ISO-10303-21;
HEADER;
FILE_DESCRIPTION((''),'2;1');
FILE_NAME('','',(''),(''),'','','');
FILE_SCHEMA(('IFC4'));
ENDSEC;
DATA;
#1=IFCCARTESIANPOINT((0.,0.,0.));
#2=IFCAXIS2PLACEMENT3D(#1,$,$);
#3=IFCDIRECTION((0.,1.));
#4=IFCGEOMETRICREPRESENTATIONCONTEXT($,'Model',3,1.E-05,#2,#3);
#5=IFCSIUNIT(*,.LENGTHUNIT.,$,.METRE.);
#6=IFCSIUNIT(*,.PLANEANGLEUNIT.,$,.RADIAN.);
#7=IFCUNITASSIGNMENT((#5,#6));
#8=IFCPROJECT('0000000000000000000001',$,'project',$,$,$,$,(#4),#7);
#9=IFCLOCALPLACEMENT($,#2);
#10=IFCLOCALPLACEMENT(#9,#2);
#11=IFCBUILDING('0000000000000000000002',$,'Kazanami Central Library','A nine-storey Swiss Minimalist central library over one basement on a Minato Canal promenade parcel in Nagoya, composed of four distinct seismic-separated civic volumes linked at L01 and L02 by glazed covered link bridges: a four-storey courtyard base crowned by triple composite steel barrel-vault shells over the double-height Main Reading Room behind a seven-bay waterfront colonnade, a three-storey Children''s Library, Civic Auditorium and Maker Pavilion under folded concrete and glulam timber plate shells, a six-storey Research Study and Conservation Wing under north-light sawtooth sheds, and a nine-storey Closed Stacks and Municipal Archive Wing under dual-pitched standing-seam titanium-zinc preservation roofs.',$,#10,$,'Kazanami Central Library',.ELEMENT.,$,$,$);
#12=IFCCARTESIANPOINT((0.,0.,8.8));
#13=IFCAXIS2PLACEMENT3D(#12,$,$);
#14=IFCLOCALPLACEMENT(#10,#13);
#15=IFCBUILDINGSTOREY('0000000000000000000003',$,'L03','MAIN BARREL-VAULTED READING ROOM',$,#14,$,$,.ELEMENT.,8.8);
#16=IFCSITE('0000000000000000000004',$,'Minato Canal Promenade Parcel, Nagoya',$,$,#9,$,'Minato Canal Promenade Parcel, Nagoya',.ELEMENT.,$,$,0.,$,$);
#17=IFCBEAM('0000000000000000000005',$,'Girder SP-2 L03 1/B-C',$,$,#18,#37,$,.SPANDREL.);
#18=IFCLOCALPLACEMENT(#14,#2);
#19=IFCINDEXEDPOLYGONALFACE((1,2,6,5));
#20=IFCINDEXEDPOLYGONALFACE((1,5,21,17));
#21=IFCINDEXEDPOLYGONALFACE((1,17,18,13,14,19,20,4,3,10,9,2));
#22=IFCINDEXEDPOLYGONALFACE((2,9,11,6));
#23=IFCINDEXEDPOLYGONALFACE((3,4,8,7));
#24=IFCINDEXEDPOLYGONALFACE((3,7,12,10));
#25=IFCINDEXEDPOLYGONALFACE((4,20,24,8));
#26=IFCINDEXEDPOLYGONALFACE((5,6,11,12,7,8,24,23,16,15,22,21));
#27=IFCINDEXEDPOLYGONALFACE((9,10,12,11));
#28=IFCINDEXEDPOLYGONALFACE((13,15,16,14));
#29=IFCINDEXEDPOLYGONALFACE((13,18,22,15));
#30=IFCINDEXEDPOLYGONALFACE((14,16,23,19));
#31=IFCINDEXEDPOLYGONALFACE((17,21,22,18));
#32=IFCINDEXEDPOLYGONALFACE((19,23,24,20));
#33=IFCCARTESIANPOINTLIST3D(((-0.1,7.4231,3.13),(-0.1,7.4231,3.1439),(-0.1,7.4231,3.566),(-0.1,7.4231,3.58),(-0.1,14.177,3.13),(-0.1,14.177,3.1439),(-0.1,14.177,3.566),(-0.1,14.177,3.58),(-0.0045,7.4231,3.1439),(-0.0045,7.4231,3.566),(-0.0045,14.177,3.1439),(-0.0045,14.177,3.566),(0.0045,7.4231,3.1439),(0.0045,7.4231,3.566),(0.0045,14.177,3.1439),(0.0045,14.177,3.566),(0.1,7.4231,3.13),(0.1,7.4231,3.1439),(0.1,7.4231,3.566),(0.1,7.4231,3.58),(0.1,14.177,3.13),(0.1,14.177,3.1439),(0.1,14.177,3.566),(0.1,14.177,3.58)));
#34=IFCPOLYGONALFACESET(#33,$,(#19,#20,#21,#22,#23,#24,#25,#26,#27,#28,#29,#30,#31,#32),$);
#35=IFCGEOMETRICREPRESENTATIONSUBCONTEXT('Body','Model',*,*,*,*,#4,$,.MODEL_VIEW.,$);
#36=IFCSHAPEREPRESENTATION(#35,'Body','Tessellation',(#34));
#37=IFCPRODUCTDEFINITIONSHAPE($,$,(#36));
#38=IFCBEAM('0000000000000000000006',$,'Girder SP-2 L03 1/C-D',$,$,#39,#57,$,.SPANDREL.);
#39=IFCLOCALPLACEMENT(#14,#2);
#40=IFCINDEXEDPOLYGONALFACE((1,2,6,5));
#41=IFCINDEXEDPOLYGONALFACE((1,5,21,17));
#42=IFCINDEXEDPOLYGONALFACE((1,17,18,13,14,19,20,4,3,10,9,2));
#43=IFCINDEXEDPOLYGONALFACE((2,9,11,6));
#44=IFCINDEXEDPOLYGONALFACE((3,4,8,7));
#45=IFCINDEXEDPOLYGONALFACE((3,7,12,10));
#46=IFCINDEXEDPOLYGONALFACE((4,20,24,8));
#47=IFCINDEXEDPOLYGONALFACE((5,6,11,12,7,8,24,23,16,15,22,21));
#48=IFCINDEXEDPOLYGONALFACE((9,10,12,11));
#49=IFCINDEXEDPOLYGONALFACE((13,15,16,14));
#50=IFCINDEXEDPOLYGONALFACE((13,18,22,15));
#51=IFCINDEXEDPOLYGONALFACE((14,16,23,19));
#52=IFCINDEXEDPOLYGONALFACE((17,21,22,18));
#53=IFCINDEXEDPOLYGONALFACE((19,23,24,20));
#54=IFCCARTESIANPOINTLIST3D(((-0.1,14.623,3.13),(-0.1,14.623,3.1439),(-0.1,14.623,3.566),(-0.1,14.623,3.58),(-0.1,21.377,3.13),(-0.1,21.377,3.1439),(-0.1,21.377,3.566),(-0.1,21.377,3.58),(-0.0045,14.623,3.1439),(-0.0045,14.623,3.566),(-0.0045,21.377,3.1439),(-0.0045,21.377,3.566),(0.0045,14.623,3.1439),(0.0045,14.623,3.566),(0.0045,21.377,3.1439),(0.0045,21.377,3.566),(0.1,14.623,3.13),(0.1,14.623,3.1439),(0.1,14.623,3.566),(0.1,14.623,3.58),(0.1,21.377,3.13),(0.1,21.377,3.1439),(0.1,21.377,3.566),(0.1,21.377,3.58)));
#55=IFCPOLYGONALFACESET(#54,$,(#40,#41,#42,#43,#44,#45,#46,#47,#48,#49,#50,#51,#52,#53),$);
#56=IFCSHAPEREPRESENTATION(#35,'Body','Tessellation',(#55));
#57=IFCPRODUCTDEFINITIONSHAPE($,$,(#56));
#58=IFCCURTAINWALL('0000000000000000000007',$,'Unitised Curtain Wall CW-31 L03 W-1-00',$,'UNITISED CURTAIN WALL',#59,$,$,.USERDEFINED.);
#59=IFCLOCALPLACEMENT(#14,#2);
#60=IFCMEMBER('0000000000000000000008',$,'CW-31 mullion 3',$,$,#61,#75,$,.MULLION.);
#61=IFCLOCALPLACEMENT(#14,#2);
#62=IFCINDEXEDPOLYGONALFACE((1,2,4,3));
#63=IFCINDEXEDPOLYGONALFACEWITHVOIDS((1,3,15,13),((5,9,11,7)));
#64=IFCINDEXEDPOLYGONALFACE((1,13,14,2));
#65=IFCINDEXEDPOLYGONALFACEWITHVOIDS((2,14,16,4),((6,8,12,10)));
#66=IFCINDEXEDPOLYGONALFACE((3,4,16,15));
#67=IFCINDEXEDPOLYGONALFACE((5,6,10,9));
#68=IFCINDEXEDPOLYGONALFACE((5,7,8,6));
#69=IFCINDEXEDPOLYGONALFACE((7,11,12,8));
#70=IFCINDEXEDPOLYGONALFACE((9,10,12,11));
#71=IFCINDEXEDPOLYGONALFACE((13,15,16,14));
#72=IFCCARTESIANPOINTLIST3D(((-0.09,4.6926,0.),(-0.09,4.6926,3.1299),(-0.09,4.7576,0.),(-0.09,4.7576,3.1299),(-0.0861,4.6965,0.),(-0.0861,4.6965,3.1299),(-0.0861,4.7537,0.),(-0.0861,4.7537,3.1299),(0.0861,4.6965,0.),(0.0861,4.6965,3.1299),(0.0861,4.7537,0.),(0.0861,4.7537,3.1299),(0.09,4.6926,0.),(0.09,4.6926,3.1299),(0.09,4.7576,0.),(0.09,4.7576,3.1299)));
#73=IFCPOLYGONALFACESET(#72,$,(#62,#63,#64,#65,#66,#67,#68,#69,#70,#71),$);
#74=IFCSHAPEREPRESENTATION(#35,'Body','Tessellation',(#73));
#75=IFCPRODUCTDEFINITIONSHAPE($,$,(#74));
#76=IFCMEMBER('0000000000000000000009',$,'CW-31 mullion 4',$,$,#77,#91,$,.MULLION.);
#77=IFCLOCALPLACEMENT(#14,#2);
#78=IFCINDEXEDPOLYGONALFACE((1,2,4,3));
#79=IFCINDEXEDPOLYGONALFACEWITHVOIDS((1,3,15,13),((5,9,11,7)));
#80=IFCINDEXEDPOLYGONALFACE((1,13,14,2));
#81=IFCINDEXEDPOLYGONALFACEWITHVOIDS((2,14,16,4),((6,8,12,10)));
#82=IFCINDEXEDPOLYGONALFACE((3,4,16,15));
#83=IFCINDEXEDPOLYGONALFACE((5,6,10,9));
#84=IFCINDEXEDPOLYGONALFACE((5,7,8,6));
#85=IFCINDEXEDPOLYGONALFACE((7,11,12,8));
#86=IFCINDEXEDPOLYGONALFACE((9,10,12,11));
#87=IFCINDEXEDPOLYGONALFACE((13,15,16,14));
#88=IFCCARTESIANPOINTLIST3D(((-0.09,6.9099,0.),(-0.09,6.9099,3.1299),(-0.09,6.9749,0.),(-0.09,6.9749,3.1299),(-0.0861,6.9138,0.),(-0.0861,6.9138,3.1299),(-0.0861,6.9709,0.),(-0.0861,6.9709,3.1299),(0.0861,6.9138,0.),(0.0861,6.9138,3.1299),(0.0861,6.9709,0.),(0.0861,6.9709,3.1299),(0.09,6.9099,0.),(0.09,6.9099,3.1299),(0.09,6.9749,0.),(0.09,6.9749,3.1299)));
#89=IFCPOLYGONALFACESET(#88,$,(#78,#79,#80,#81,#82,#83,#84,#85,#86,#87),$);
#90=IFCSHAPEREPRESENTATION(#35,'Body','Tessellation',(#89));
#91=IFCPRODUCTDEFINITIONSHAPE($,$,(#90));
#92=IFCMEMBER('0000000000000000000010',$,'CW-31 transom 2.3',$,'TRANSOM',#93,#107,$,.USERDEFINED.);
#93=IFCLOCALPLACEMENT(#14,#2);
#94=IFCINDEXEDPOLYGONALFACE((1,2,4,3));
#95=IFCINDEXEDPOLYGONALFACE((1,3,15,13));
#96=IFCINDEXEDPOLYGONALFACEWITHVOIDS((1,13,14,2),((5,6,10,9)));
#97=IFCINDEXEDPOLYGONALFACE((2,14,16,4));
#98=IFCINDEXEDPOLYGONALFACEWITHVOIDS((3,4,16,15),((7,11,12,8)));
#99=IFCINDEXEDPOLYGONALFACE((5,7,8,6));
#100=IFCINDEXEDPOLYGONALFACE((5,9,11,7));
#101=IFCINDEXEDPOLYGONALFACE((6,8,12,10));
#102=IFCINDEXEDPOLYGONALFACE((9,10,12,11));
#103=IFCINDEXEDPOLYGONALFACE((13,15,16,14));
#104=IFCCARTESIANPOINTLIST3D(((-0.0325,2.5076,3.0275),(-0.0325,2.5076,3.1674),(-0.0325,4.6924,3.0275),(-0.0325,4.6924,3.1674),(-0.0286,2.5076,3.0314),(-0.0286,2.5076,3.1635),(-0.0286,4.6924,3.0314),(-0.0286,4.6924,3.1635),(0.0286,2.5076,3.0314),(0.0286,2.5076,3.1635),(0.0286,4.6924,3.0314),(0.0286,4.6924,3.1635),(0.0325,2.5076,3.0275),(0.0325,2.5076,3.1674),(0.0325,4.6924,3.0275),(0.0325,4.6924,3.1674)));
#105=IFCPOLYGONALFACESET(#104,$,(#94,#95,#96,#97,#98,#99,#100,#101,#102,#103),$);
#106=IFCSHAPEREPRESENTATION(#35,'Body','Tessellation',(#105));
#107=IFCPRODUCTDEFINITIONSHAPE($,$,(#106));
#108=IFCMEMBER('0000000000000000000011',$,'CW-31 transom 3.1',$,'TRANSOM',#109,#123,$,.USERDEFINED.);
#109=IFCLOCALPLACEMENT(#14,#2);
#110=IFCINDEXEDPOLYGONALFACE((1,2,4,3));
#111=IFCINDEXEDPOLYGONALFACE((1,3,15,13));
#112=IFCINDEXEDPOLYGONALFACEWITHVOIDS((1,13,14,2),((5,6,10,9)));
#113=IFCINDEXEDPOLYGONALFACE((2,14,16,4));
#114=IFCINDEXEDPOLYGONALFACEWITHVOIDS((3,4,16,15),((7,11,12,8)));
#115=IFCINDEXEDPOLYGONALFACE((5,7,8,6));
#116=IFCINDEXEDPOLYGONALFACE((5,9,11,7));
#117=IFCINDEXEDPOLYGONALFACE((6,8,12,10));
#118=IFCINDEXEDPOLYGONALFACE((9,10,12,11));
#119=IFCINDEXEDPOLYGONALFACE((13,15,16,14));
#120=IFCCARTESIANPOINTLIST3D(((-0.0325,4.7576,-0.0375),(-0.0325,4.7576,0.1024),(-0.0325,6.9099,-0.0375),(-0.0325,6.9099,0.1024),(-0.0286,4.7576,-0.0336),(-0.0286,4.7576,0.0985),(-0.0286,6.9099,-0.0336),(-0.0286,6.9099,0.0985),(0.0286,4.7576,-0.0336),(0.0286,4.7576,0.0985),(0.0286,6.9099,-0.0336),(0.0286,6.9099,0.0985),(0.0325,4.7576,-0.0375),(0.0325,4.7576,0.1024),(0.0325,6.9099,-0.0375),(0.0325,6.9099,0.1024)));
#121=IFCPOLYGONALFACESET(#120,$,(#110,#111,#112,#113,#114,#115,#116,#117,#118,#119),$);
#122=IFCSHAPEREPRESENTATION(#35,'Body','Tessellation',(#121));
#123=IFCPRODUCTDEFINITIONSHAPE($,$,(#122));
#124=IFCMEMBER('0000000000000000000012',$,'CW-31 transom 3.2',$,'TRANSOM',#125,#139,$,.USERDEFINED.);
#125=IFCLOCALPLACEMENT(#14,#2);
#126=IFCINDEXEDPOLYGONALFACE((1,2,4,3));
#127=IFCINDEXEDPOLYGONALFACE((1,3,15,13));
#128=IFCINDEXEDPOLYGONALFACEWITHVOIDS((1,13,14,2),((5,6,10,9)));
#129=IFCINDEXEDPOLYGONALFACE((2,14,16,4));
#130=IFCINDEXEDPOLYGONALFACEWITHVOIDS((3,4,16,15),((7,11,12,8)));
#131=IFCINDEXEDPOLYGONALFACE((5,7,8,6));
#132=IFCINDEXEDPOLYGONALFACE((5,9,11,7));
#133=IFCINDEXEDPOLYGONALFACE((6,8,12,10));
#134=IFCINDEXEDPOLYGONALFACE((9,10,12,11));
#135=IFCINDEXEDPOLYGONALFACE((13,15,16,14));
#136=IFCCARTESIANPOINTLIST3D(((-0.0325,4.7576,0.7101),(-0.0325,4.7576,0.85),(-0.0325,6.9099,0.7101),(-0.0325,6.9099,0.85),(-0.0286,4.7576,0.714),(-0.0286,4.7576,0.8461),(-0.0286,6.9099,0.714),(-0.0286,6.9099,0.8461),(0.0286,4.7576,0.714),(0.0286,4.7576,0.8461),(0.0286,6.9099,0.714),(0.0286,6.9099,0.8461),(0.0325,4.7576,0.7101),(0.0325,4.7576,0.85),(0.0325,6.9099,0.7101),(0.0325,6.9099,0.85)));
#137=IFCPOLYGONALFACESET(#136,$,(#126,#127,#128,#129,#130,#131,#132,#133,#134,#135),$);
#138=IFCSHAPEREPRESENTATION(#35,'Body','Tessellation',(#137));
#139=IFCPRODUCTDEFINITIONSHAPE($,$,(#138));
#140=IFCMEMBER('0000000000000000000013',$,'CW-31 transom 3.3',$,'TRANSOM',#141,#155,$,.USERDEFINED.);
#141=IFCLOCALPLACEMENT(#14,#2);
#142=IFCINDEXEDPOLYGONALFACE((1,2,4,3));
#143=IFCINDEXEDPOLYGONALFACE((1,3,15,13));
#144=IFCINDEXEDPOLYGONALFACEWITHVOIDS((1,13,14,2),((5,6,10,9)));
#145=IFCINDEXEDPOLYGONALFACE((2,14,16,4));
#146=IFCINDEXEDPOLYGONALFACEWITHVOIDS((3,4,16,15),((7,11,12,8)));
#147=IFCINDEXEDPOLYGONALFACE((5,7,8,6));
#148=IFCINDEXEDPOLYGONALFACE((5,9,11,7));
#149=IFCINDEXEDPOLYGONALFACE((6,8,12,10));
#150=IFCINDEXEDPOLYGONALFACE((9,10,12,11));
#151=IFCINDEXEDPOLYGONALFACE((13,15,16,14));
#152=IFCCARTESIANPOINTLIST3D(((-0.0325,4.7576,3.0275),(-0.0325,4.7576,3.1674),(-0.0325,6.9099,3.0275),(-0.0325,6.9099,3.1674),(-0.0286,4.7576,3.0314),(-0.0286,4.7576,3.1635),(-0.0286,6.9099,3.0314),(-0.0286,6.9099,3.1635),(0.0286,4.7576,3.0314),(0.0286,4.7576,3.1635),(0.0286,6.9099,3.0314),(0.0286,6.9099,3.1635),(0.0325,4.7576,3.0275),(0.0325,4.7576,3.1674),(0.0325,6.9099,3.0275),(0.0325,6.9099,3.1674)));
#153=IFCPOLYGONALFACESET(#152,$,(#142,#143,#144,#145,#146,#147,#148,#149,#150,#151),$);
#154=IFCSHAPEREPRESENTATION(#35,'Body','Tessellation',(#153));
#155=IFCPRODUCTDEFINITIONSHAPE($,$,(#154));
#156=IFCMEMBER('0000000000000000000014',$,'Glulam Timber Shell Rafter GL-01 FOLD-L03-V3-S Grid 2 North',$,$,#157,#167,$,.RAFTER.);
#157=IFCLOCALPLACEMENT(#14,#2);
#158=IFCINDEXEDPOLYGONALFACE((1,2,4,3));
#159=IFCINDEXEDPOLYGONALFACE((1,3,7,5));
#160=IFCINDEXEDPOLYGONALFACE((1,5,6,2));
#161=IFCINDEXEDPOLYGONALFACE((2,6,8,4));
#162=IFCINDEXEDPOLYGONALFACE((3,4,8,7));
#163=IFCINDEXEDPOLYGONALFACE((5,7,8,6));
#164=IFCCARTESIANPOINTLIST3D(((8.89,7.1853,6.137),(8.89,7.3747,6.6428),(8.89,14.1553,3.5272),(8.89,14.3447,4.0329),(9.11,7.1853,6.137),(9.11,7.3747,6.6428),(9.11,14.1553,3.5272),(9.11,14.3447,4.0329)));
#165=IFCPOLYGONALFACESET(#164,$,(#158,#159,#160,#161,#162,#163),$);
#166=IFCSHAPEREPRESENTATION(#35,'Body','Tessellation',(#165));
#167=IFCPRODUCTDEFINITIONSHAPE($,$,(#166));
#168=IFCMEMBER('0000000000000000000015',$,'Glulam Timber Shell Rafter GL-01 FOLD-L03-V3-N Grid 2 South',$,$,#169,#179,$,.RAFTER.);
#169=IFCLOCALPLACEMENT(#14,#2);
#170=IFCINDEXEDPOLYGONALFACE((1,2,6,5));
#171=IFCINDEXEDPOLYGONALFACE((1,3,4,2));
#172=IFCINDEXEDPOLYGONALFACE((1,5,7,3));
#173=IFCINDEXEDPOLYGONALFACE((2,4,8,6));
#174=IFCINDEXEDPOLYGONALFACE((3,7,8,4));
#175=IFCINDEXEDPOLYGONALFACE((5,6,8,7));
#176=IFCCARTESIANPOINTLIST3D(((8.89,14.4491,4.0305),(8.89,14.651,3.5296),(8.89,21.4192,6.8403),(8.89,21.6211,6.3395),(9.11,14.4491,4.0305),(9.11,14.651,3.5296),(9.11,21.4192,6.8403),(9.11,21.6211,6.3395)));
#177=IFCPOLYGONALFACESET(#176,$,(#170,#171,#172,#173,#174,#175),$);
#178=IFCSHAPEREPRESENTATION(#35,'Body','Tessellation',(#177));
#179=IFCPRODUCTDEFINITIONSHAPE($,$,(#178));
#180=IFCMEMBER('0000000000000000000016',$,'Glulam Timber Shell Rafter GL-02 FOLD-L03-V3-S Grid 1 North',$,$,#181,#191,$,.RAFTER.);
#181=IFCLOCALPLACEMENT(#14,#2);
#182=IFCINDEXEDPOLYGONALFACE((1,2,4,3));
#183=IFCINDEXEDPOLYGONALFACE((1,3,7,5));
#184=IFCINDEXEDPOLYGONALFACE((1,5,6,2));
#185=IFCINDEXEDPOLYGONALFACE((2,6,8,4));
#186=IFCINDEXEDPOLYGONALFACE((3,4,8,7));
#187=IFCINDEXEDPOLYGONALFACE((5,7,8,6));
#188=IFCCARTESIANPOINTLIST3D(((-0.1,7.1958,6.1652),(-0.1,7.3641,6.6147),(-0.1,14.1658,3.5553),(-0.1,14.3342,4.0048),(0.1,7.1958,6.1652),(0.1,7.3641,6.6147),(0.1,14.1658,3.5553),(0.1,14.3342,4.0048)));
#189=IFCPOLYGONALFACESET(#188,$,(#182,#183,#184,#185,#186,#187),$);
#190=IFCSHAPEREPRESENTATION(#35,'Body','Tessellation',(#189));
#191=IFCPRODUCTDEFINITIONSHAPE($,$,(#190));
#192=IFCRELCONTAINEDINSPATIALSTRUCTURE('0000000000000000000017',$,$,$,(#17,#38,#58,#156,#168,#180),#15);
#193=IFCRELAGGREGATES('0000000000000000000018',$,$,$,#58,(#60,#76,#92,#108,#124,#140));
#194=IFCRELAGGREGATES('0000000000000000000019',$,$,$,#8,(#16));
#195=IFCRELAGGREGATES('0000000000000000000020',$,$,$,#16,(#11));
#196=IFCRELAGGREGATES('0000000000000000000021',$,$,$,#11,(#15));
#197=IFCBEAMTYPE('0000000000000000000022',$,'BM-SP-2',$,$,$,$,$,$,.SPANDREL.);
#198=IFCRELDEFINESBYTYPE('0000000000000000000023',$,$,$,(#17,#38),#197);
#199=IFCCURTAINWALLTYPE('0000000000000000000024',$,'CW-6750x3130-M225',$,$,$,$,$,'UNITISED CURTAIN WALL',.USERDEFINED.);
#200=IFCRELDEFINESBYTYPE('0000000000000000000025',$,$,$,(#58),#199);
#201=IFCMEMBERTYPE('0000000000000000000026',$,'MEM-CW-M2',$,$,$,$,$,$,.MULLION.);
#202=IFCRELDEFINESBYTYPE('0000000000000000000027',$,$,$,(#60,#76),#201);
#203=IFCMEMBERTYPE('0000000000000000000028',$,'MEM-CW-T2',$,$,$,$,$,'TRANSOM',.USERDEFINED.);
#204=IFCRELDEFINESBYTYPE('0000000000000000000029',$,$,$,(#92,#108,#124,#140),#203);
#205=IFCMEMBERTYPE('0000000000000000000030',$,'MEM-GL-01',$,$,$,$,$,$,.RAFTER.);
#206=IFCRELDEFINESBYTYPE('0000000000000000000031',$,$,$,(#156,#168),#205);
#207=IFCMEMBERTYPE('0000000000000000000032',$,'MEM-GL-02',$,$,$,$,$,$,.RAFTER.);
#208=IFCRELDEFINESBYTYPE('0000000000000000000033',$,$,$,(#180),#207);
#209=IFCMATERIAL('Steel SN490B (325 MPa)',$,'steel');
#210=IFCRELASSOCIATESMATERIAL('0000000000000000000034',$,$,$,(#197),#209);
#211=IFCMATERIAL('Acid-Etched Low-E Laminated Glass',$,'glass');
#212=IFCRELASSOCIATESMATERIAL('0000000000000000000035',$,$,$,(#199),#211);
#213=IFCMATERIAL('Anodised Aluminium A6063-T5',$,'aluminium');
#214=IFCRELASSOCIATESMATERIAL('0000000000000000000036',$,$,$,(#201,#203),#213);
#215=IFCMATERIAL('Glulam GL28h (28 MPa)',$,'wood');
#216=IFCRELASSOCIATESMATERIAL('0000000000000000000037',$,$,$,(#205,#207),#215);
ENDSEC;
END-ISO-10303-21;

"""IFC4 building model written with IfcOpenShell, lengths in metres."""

from ifc_helpers import new_model, si_unit, direction, frame, origin, origin_2d, place, context, subcontext, project, spatial, rectangle, hollow_rectangle, i_section, extrude, material, material_profile, profile_set, type_object, element, aggregate, save


model = new_model("IFC4")

# Units and contexts
model_context = context("Model", 3, precision=1e-05, world=origin(), true_north=direction((0.0, 1.0)))
body_context = subcontext(model_context, "Body", "Model", "MODEL_VIEW")
ifc_project = project(units=[si_unit("LENGTHUNIT", "METRE"), si_unit("PLANEANGLEUNIT", "RADIAN")], contexts=[model_context])

# Site, building, storey
site_placement = place(None, origin())
site = spatial("IfcSite", under=ifc_project, at=site_placement, Name="Minato Canal Promenade Parcel, Nagoya", LongName="Minato Canal Promenade Parcel, Nagoya", CompositionType="ELEMENT", RefElevation=0.0)
building_placement = place(site_placement, origin())
building = spatial("IfcBuilding", under=site, at=building_placement, Name="Kazanami Central Library", Description="A nine-storey Swiss Minimalist central library over one basement on a Minato Canal promenade parcel in Nagoya, composed of four distinct seismic-separated civic volumes linked at L01 and L02 by glazed covered link bridges: a four-storey courtyard base crowned by triple composite steel barrel-vault shells over the double-height Main Reading Room behind a seven-bay waterfront colonnade, a three-storey Children's Library, Civic Auditorium and Maker Pavilion under folded concrete and glulam timber plate shells, a six-storey Research Study and Conservation Wing under north-light sawtooth sheds, and a nine-storey Closed Stacks and Municipal Archive Wing under dual-pitched standing-seam titanium-zinc preservation roofs.", LongName="Kazanami Central Library", CompositionType="ELEMENT")
storey_placement = place(building_placement, frame((0.0, 0.0, 8.8)))
storey = spatial("IfcBuildingStorey", under=building, at=storey_placement, Name="L03", Description="MAIN BARREL-VAULTED READING ROOM", CompositionType="ELEMENT", Elevation=8.8)

# Beams
ifc_material_1 = material(Name="Steel SN490B (325 MPa)", Category="steel")
ifc_material_profile_1 = material_profile(ifc_material_1, i_section(OverallWidth=0.2, OverallDepth=0.45, WebThickness=0.009, FlangeThickness=0.0139, at=origin_2d()), Name="H-450x200x9x14")
ifc_profile_set_1 = profile_set([ifc_material_profile_1], Name="Steel SN490B (325 MPa)")
beam_type_1 = type_object("IfcBeamType", Name="BM-SP-2", PredefinedType="SPANDREL", material=ifc_profile_set_1)
for number, where, z_axis, x_axis, name in (
    (1, (0.0, 7.4231, 3.355), (0.0, 1.0, 0.0), (-1.0, 0.0, 0.0), "Girder SP-2 L03 1/B-C"),
    (2, (0.0, 14.623, 3.355), (0.0, 1.0, 0.0), (-1.0, 0.0, 0.0), "Girder SP-2 L03 1/C-D"),
):
    element("IfcBeam", number, at=place(storey_placement, frame(where, z_axis=z_axis, x_axis=x_axis)), inside=storey, type_object=beam_type_1, Name=name, PredefinedType="SPANDREL", context=body_context, shape_type="SweptSolid", body=[
        extrude(i_section(OverallWidth=0.2, OverallDepth=0.45, WebThickness=0.009, FlangeThickness=0.0139, at=origin_2d()), origin(), (0.0, 0.0, 1.0), 6.7539),
    ])

# Curtain wall, members
ifc_material_2 = material(Name="Acid-Etched Low-E Laminated Glass", Category="glass")
curtain_wall_type = type_object("IfcCurtainWallType", Name="CW-6750x3130-M225", ElementType="UNITISED CURTAIN WALL", PredefinedType="USERDEFINED", material=ifc_material_2)
curtain_wall_placement = place(storey_placement, origin())
curtain_wall = element("IfcCurtainWall", 3, at=curtain_wall_placement, inside=storey, type_object=curtain_wall_type, Name="Unitised Curtain Wall CW-31 L03 W-1-00", ObjectType="UNITISED CURTAIN WALL", PredefinedType="USERDEFINED")
ifc_material_3 = material(Name="Anodised Aluminium A6063-T5", Category="aluminium")
ifc_material_profile_2 = material_profile(ifc_material_3, hollow_rectangle(XDim=0.0649, YDim=0.1799, WallThickness=0.0039, at=origin_2d()), Name="ALU-MULL-65x180x4")
ifc_profile_set_2 = profile_set([ifc_material_profile_2], Name="Anodised Aluminium A6063-T5")
member_type_1 = type_object("IfcMemberType", Name="MEM-CW-M2", PredefinedType="MULLION", material=ifc_profile_set_2)
member_1_placement = place(storey_placement, frame((0.0, 4.7251, 0.0), z_axis=(0.0, 0.0, 1.0), x_axis=(0.0, 1.0, 0.0)))
member_1 = element("IfcMember", 4, at=member_1_placement, type_object=member_type_1, Name="CW-31 mullion 3", PredefinedType="MULLION", context=body_context, shape_type="SweptSolid", body=[
    extrude(hollow_rectangle(XDim=0.0649, YDim=0.1799, WallThickness=0.0039, at=origin_2d()), origin(), (0.0, 0.0, 1.0), 3.1299),
])
member_2_placement = place(storey_placement, frame((0.0, 6.9424, 0.0), z_axis=(0.0, 0.0, 1.0), x_axis=(0.0, 1.0, 0.0)))
member_2 = element("IfcMember", 5, at=member_2_placement, type_object=member_type_1, Name="CW-31 mullion 4", PredefinedType="MULLION", context=body_context, shape_type="SweptSolid", body=[
    extrude(hollow_rectangle(XDim=0.0649, YDim=0.1799, WallThickness=0.0039, at=origin_2d()), origin(), (0.0, 0.0, 1.0), 3.1299),
])
ifc_material_profile_3 = material_profile(ifc_material_3, hollow_rectangle(XDim=0.0649, YDim=0.1399, WallThickness=0.0039, at=origin_2d()), Name="ALU-TRAN-65x140x4")
ifc_profile_set_3 = profile_set([ifc_material_profile_3], Name="Anodised Aluminium A6063-T5")
member_type_2 = type_object("IfcMemberType", Name="MEM-CW-T2", ElementType="TRANSOM", PredefinedType="USERDEFINED", material=ifc_profile_set_3)
member_3_placement = place(storey_placement, frame((0.0, 2.5076, 3.0974), z_axis=(0.0, 1.0, 0.0), x_axis=(-1.0, 0.0, 0.0)))
member_3 = element("IfcMember", 6, at=member_3_placement, type_object=member_type_2, Name="CW-31 transom 2.3", ObjectType="TRANSOM", PredefinedType="USERDEFINED", context=body_context, shape_type="SweptSolid", body=[
    extrude(hollow_rectangle(XDim=0.0649, YDim=0.1399, WallThickness=0.0039, at=origin_2d()), origin(), (0.0, 0.0, 1.0), 2.1848),
])
member_4_placement = place(storey_placement, frame((0.0, 4.7576, 0.0325), z_axis=(0.0, 1.0, 0.0), x_axis=(-1.0, 0.0, 0.0)))
member_4 = element("IfcMember", 7, at=member_4_placement, type_object=member_type_2, Name="CW-31 transom 3.1", ObjectType="TRANSOM", PredefinedType="USERDEFINED", context=body_context, shape_type="SweptSolid", body=[
    extrude(hollow_rectangle(XDim=0.0649, YDim=0.1399, WallThickness=0.0039, at=origin_2d()), origin(), (0.0, 0.0, 1.0), 2.1523),
])
member_5_placement = place(storey_placement, frame((0.0, 4.7576, 0.78), z_axis=(0.0, 1.0, 0.0), x_axis=(-1.0, 0.0, 0.0)))
member_5 = element("IfcMember", 8, at=member_5_placement, type_object=member_type_2, Name="CW-31 transom 3.2", ObjectType="TRANSOM", PredefinedType="USERDEFINED", context=body_context, shape_type="SweptSolid", body=[
    extrude(hollow_rectangle(XDim=0.0649, YDim=0.1399, WallThickness=0.0039, at=origin_2d()), origin(), (0.0, 0.0, 1.0), 2.1523),
])
member_6_placement = place(storey_placement, frame((0.0, 4.7576, 3.0974), z_axis=(0.0, 1.0, 0.0), x_axis=(-1.0, 0.0, 0.0)))
member_6 = element("IfcMember", 9, at=member_6_placement, type_object=member_type_2, Name="CW-31 transom 3.3", ObjectType="TRANSOM", PredefinedType="USERDEFINED", context=body_context, shape_type="SweptSolid", body=[
    extrude(hollow_rectangle(XDim=0.0649, YDim=0.1399, WallThickness=0.0039, at=origin_2d()), origin(), (0.0, 0.0, 1.0), 2.1523),
])

# Members
ifc_material_4 = material(Name="Glulam GL28h (28 MPa)", Category="wood")
ifc_material_profile_4 = material_profile(ifc_material_4, rectangle(XDim=0.22, YDim=0.54, at=origin_2d()), Name="GL28h-220x540")
ifc_profile_set_4 = profile_set([ifc_material_profile_4], Name="Glulam GL28h (28 MPa)")
member_type_3 = type_object("IfcMemberType", Name="MEM-GL-01", PredefinedType="RAFTER", material=ifc_profile_set_4)
member_7_placement = place(storey_placement, frame((9.0, 14.25, 3.78), z_axis=(0.0, -0.9365, 0.350667), x_axis=(1.0, 0.0, 0.0)))
element("IfcMember", 10, at=member_7_placement, inside=storey, type_object=member_type_3, Name="Glulam Timber Shell Rafter GL-01 FOLD-L03-V3-S Grid 2 North", PredefinedType="RAFTER", context=body_context, shape_type="SweptSolid", body=[
    extrude(rectangle(XDim=0.22, YDim=0.54, at=origin_2d()), origin(), (0.0, 0.0, 1.0), 7.4426),
])
member_8_placement = place(storey_placement, frame((9.0, 14.55, 3.78), z_axis=(0.0, 0.927472, 0.373893), x_axis=(-1.0, 0.0, 0.0)))
element("IfcMember", 11, at=member_8_placement, inside=storey, type_object=member_type_3, Name="Glulam Timber Shell Rafter GL-01 FOLD-L03-V3-N Grid 2 South", PredefinedType="RAFTER", context=body_context, shape_type="SweptSolid", body=[
    extrude(rectangle(XDim=0.22, YDim=0.54, at=origin_2d()), origin(), (0.0, 0.0, 1.0), 7.5151),
])
ifc_material_profile_5 = material_profile(ifc_material_4, rectangle(XDim=0.2, YDim=0.48, at=origin_2d()), Name="GL28h-200x480")
ifc_profile_set_5 = profile_set([ifc_material_profile_5], Name="Glulam GL28h (28 MPa)")
member_type_4 = type_object("IfcMemberType", Name="MEM-GL-02", PredefinedType="RAFTER", material=ifc_profile_set_5)
member_9_placement = place(storey_placement, frame((0.0, 14.25, 3.78), z_axis=(0.0, -0.9365, 0.350667), x_axis=(1.0, 0.0, 0.0)))
element("IfcMember", 12, at=member_9_placement, inside=storey, type_object=member_type_4, Name="Glulam Timber Shell Rafter GL-02 FOLD-L03-V3-S Grid 1 North", PredefinedType="RAFTER", context=body_context, shape_type="SweptSolid", body=[
    extrude(rectangle(XDim=0.2, YDim=0.48, at=origin_2d()), origin(), (0.0, 0.0, 1.0), 7.4426),
])

aggregate(curtain_wall, [member_1, member_2, member_3, member_4, member_5, member_6])

save(model, "model.ifc")
